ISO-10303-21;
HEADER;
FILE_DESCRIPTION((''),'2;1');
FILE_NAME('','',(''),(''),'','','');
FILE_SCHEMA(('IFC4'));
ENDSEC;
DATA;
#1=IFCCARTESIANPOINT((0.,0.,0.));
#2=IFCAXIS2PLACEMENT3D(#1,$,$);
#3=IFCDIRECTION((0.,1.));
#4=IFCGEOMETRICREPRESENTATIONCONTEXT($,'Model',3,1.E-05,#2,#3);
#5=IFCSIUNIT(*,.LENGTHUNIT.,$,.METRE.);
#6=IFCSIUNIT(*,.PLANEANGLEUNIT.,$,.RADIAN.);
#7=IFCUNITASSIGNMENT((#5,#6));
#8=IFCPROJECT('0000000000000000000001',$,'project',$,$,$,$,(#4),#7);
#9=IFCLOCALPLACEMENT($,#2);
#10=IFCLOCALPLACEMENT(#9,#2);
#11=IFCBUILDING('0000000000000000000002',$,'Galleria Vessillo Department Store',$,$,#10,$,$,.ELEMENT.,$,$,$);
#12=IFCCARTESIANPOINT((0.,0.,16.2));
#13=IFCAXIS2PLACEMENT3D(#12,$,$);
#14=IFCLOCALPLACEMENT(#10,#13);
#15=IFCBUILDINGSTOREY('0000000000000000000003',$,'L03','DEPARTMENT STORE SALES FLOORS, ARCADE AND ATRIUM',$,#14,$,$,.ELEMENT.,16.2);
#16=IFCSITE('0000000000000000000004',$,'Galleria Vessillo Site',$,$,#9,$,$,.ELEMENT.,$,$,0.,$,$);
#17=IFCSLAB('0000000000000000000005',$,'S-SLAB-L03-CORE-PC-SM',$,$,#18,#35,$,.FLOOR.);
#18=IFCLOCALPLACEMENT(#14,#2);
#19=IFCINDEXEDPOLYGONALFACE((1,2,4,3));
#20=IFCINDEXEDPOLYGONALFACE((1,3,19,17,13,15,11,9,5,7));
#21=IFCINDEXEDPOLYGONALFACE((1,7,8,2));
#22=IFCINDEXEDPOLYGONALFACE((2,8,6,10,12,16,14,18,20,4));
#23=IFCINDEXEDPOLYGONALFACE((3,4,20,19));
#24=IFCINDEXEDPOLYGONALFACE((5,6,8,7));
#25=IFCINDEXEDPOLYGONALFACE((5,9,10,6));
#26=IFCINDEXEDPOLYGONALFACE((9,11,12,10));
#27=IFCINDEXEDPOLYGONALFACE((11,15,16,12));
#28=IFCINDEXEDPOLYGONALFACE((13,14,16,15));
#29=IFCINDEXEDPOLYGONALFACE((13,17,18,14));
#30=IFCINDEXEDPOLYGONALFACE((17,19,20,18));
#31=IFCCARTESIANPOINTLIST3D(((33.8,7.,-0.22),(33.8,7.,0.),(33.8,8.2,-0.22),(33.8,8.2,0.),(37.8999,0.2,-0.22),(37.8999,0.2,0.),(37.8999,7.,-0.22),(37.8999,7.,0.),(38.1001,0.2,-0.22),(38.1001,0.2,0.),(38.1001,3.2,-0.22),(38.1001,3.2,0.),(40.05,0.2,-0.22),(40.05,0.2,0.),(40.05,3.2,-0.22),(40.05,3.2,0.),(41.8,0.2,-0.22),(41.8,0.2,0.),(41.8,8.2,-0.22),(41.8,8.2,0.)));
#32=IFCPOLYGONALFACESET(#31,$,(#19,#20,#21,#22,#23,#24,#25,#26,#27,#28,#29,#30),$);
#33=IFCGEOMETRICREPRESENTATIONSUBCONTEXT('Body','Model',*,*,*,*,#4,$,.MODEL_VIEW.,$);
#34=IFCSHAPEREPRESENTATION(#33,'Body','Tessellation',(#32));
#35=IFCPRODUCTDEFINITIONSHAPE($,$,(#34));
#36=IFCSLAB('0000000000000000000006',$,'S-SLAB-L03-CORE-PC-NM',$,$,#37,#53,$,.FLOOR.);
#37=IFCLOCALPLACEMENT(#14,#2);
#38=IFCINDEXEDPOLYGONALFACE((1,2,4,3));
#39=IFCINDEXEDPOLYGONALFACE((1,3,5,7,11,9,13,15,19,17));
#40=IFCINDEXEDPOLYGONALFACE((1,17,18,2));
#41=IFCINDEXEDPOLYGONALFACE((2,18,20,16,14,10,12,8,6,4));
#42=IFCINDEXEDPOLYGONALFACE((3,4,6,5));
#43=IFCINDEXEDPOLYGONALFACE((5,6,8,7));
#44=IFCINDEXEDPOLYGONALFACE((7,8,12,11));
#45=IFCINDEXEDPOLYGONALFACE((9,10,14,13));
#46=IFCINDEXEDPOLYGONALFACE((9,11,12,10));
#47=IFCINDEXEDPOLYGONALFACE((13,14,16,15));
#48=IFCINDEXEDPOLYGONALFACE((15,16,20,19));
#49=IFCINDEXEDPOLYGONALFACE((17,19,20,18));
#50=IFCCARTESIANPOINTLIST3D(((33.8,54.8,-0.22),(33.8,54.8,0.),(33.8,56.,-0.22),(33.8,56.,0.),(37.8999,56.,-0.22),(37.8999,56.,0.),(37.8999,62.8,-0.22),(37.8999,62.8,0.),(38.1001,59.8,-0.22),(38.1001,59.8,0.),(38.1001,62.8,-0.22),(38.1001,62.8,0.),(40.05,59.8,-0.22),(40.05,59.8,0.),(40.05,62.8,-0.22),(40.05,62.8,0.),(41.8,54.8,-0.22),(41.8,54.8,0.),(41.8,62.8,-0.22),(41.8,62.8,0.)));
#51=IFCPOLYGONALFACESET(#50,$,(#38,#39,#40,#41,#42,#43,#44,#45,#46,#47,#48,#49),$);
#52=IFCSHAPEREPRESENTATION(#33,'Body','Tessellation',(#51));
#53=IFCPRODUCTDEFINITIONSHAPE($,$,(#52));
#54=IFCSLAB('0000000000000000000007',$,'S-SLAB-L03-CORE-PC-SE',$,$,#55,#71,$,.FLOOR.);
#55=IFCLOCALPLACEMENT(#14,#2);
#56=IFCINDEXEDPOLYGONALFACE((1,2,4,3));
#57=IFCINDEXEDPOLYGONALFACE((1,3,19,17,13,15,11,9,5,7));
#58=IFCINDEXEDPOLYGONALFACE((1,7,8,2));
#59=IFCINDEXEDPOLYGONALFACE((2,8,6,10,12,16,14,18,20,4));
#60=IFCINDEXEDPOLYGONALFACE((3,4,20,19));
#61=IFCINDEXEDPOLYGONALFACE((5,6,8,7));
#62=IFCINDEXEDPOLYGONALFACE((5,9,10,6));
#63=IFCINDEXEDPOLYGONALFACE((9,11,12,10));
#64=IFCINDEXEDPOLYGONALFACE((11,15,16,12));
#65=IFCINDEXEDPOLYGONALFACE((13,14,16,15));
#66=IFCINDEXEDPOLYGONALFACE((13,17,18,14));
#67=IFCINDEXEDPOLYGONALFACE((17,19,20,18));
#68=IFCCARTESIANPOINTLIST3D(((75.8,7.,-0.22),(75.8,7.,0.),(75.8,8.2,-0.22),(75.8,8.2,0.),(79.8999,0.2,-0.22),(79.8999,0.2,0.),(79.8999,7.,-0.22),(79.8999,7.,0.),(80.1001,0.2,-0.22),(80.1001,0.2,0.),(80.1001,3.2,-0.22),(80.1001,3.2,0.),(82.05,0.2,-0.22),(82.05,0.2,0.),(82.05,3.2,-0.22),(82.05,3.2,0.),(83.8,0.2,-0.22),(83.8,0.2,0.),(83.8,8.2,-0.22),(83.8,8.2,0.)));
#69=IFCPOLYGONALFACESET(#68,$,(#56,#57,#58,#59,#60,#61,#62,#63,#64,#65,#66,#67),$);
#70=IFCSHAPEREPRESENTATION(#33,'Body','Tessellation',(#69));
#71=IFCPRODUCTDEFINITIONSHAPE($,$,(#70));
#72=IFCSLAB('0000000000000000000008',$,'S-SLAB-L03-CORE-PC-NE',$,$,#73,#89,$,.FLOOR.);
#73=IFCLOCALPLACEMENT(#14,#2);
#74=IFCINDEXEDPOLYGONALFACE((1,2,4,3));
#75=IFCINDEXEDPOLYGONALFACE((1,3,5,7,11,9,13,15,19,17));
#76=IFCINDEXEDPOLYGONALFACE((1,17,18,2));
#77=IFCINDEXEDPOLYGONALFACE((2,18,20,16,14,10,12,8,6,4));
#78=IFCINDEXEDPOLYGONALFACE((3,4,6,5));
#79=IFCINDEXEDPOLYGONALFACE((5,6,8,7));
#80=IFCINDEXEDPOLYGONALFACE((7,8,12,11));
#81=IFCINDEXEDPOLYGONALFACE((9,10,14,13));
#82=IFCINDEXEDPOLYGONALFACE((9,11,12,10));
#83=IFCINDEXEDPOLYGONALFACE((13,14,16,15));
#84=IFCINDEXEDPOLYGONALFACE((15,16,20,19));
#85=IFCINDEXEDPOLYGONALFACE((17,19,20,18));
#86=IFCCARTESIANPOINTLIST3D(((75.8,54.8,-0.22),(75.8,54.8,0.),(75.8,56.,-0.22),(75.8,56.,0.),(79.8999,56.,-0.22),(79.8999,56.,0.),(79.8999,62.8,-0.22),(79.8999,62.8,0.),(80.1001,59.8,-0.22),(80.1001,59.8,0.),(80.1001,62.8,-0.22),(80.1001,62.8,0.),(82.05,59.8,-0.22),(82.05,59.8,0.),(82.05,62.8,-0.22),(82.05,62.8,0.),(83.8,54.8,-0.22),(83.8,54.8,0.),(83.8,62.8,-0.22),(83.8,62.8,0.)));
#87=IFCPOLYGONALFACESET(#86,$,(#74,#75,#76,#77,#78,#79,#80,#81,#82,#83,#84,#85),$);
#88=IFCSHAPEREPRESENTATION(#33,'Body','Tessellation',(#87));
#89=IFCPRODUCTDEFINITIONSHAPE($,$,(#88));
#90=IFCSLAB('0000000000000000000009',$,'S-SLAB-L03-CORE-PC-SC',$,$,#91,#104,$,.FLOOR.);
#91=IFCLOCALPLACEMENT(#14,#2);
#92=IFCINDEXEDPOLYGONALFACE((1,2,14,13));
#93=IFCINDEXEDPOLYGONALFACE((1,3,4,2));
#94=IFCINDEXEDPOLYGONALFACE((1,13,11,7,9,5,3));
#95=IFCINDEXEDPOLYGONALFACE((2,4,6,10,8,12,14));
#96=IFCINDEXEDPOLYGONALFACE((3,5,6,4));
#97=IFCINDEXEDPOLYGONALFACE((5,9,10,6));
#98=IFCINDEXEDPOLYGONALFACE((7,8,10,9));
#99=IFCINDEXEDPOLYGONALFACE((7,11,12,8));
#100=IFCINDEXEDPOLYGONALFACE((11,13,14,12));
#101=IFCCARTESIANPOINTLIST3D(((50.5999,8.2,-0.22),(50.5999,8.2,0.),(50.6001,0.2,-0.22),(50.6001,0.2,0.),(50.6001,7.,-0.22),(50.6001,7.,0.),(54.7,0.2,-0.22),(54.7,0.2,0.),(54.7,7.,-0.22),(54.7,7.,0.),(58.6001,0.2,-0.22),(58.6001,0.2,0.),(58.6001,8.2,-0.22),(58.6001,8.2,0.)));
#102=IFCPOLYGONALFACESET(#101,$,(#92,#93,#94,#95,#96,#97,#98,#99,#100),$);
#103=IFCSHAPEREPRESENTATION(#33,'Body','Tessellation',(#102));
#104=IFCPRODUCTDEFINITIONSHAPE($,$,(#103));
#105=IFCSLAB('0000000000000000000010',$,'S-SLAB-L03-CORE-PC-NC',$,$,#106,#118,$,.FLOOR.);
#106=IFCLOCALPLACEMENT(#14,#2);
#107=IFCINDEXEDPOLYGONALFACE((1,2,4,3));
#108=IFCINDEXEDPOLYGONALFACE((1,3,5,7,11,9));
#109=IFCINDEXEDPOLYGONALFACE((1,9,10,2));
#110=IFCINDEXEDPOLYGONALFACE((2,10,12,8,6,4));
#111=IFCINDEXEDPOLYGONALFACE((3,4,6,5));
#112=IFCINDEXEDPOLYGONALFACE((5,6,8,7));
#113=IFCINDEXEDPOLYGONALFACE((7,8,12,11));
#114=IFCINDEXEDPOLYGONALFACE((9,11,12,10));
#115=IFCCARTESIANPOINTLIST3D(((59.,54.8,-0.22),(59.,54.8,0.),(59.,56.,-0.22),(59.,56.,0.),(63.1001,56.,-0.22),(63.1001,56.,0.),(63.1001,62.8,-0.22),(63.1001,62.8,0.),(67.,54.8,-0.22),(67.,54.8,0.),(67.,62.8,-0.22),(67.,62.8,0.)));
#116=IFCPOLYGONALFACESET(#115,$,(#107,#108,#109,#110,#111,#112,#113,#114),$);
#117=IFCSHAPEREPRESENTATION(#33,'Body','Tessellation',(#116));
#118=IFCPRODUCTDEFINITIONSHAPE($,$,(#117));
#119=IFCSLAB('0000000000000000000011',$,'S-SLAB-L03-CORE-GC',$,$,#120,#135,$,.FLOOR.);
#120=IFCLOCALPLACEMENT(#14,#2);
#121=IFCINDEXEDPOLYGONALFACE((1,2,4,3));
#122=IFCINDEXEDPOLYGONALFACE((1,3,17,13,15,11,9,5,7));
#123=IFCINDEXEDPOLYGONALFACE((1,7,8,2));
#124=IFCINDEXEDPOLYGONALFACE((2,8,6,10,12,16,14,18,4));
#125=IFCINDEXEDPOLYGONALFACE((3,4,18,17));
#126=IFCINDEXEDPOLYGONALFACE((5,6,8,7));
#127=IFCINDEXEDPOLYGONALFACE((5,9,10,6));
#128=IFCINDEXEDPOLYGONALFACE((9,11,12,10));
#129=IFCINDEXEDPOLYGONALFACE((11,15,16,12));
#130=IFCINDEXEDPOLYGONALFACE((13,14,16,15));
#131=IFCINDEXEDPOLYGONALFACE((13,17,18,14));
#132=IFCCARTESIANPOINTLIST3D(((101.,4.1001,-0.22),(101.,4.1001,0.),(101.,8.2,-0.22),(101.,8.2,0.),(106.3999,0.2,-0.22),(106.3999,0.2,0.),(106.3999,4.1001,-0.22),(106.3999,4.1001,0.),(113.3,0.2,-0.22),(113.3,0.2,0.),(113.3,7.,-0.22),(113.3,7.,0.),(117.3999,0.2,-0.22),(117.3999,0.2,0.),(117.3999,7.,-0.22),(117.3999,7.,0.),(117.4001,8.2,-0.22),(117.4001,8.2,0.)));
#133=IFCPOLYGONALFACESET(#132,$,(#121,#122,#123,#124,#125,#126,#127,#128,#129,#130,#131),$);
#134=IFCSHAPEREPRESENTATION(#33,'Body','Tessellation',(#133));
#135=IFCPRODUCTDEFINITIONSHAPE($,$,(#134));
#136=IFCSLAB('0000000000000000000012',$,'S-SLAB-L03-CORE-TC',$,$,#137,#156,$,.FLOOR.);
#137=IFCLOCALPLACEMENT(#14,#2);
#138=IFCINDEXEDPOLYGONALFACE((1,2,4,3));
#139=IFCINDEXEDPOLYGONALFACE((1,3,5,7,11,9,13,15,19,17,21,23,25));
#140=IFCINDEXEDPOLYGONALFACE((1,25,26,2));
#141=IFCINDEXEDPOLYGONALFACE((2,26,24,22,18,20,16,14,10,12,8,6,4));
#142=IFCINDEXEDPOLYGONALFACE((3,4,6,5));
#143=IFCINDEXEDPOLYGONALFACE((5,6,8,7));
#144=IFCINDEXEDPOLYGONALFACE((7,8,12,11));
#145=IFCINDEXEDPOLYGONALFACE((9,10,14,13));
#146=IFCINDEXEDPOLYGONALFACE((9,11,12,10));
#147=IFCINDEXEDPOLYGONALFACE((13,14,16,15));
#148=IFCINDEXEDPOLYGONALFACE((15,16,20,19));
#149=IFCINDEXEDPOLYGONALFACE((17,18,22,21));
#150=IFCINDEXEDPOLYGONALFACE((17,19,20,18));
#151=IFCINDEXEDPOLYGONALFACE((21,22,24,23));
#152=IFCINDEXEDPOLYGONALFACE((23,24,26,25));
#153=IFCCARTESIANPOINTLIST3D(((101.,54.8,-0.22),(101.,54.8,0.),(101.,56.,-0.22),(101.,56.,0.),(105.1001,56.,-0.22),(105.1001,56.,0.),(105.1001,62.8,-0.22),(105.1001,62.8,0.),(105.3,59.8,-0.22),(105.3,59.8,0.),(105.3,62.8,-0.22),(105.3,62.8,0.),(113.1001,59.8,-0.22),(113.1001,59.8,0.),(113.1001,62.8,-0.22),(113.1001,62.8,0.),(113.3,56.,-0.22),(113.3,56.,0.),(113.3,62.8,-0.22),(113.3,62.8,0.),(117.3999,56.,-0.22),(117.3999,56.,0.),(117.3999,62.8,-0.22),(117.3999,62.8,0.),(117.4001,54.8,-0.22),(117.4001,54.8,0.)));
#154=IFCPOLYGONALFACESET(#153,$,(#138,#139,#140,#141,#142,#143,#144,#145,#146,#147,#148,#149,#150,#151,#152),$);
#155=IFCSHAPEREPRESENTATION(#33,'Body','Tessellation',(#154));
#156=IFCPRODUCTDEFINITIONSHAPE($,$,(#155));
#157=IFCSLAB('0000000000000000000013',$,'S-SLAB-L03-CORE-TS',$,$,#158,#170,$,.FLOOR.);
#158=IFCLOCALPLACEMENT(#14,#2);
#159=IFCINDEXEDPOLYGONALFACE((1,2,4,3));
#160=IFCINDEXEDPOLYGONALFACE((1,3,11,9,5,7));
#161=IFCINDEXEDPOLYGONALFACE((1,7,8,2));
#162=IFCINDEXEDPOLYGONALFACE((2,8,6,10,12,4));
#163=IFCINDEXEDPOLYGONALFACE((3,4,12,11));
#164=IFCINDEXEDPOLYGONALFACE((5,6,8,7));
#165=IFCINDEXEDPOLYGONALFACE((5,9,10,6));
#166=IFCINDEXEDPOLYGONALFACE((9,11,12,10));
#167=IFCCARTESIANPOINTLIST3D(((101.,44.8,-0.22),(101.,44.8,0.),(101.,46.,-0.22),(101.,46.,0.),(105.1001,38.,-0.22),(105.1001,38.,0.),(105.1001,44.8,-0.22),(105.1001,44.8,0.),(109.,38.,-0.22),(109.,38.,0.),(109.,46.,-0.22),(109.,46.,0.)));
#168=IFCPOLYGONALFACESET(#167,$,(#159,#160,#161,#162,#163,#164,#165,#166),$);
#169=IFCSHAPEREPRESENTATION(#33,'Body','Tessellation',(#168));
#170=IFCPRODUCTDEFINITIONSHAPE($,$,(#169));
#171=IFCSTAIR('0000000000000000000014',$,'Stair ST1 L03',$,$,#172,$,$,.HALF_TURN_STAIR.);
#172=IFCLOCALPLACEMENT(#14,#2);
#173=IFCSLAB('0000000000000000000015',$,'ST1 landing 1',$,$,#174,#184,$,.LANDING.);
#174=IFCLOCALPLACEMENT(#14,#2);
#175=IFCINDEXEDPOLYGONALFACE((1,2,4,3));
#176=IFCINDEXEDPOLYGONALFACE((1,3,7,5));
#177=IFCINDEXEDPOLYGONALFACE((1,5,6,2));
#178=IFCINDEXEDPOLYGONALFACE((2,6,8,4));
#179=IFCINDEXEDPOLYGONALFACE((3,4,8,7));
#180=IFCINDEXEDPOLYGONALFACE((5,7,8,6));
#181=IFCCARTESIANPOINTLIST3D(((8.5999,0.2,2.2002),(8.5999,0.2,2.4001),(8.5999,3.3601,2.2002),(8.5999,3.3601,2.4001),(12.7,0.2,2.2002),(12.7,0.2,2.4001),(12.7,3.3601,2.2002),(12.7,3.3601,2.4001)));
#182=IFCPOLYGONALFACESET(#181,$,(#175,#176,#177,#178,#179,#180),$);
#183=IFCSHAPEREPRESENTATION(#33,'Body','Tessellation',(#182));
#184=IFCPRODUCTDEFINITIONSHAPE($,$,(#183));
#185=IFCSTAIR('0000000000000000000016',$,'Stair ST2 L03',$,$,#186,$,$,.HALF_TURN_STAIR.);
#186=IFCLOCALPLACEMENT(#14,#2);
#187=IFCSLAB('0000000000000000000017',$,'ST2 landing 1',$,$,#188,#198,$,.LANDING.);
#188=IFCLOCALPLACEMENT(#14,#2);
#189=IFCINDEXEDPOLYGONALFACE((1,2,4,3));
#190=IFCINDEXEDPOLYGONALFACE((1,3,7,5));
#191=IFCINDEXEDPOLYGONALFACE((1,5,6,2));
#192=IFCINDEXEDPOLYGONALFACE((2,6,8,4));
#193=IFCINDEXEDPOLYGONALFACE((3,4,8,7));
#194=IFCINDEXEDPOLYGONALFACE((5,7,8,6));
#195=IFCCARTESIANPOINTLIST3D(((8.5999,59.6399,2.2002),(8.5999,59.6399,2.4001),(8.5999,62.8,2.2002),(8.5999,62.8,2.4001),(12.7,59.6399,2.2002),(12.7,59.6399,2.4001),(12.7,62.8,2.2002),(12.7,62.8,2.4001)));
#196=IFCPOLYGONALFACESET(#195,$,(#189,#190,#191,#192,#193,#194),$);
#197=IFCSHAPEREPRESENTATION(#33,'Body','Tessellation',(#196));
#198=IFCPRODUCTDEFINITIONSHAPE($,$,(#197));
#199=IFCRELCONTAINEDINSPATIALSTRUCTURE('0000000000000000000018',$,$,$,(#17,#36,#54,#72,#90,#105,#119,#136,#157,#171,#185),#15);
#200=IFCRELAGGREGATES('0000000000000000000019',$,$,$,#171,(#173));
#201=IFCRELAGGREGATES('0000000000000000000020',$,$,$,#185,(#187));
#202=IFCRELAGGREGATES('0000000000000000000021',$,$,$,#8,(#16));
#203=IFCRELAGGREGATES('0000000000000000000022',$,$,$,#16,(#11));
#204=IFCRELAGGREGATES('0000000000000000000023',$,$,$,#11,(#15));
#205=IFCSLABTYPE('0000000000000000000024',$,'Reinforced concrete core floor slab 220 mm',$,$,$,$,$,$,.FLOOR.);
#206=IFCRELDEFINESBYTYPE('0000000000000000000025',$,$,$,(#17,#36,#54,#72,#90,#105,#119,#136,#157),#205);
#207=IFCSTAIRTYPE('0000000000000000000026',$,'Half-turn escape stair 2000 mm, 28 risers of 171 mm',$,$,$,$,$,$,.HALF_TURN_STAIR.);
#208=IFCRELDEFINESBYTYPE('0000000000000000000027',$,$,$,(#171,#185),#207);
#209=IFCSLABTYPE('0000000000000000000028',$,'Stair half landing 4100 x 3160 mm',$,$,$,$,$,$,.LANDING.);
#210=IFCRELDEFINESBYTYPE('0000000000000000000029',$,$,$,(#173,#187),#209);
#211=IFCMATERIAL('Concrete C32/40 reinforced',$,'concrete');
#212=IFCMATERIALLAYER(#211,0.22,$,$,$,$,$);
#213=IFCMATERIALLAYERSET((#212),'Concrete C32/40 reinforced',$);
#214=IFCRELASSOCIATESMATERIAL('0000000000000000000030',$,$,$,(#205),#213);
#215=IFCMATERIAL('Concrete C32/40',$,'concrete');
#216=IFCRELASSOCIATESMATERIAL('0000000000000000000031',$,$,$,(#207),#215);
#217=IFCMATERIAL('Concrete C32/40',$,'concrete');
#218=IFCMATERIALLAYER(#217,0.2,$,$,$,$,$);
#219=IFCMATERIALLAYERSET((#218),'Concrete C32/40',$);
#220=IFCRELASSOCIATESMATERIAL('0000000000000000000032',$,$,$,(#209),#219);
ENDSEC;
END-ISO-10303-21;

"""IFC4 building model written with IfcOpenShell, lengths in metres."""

from ifc_helpers import new_model, si_unit, direction, frame, origin, place, context, subcontext, project, spatial, polyline, outline, extrude, material, layer, layer_set, type_object, element, aggregate, save


model = new_model("IFC4")

# Units and contexts
model_context = context("Model", 3, precision=1e-05, world=origin(), true_north=direction((0.0, 1.0)))
body_context = subcontext(model_context, "Body", "Model", "MODEL_VIEW")
ifc_project = project(units=[si_unit("LENGTHUNIT", "METRE"), si_unit("PLANEANGLEUNIT", "RADIAN")], contexts=[model_context])

# Site, building, storey
site_placement = place(None, origin())
site = spatial("IfcSite", under=ifc_project, at=site_placement, Name="Galleria Vessillo Site", CompositionType="ELEMENT", RefElevation=0.0)
building_placement = place(site_placement, origin())
building = spatial("IfcBuilding", under=site, at=building_placement, Name="Galleria Vessillo Department Store", CompositionType="ELEMENT")
storey_placement = place(building_placement, frame((0.0, 0.0, 16.2)))
storey = spatial("IfcBuildingStorey", under=building, at=storey_placement, Name="L03", Description="DEPARTMENT STORE SALES FLOORS, ARCADE AND ATRIUM", CompositionType="ELEMENT", Elevation=16.2)

# Slabs
ifc_material_1 = material(Name="Concrete C32/40 reinforced", Category="concrete")
ifc_layer_1 = layer(ifc_material_1, 0.22)
ifc_layer_set_1 = layer_set([ifc_layer_1], Name="Concrete C32/40 reinforced")
slab_type_1 = type_object("IfcSlabType", Name="Reinforced concrete core floor slab 220 mm", PredefinedType="FLOOR", material=ifc_layer_set_1)
slab_1_placement = place(storey_placement, frame((0.0, 0.0, -0.22)))
element("IfcSlab", 1, at=slab_1_placement, inside=storey, type_object=slab_type_1, Name="S-SLAB-L03-CORE-PC-SM", PredefinedType="FLOOR", context=body_context, shape_type="SweptSolid", body=[
    extrude(outline(polyline([(33.8, 8.2), (41.8, 8.2), (41.8, 0.2), (40.05, 0.2), (40.05, 3.2), (38.1001, 3.2), (38.1001, 0.2), (37.8999, 0.2), (37.8999, 7.0), (33.8, 7.0), (33.8, 8.2)])), origin(), (0.0, 0.0, 1.0), 0.22),
])
slab_2_placement = place(storey_placement, frame((0.0, 0.0, -0.22)))
element("IfcSlab", 2, at=slab_2_placement, inside=storey, type_object=slab_type_1, Name="S-SLAB-L03-CORE-PC-NM", PredefinedType="FLOOR", context=body_context, shape_type="SweptSolid", body=[
    extrude(outline(polyline([(41.8, 62.8), (41.8, 54.8), (33.8, 54.8), (33.8, 56.0), (37.8999, 56.0), (37.8999, 62.8), (38.1001, 62.8), (38.1001, 59.8), (40.05, 59.8), (40.05, 62.8), (41.8, 62.8)])), origin(), (0.0, 0.0, 1.0), 0.22),
])
slab_3_placement = place(storey_placement, frame((0.0, 0.0, -0.22)))
element("IfcSlab", 3, at=slab_3_placement, inside=storey, type_object=slab_type_1, Name="S-SLAB-L03-CORE-PC-SE", PredefinedType="FLOOR", context=body_context, shape_type="SweptSolid", body=[
    extrude(outline(polyline([(75.8, 8.2), (83.8, 8.2), (83.8, 0.2), (82.05, 0.2), (82.05, 3.2), (80.1001, 3.2), (80.1001, 0.2), (79.8999, 0.2), (79.8999, 7.0), (75.8, 7.0), (75.8, 8.2)])), origin(), (0.0, 0.0, 1.0), 0.22),
])
slab_4_placement = place(storey_placement, frame((0.0, 0.0, -0.22)))
element("IfcSlab", 4, at=slab_4_placement, inside=storey, type_object=slab_type_1, Name="S-SLAB-L03-CORE-PC-NE", PredefinedType="FLOOR", context=body_context, shape_type="SweptSolid", body=[
    extrude(outline(polyline([(83.8, 62.8), (83.8, 54.8), (75.8, 54.8), (75.8, 56.0), (79.8999, 56.0), (79.8999, 62.8), (80.1001, 62.8), (80.1001, 59.8), (82.05, 59.8), (82.05, 62.8), (83.8, 62.8)])), origin(), (0.0, 0.0, 1.0), 0.22),
])
slab_5_placement = place(storey_placement, frame((0.0, 0.0, -0.22)))
element("IfcSlab", 5, at=slab_5_placement, inside=storey, type_object=slab_type_1, Name="S-SLAB-L03-CORE-PC-SC", PredefinedType="FLOOR", context=body_context, shape_type="SweptSolid", body=[
    extrude(outline(polyline([(50.5999, 8.2), (58.6001, 8.2), (58.6001, 0.2), (54.7, 0.2), (54.7, 7.0), (50.6001, 7.0), (50.6001, 0.2), (50.5999, 8.2)])), origin(), (0.0, 0.0, 1.0), 0.22),
])
slab_6_placement = place(storey_placement, frame((0.0, 0.0, -0.22)))
element("IfcSlab", 6, at=slab_6_placement, inside=storey, type_object=slab_type_1, Name="S-SLAB-L03-CORE-PC-NC", PredefinedType="FLOOR", context=body_context, shape_type="SweptSolid", body=[
    extrude(outline(polyline([(67.0, 62.8), (67.0, 54.8), (59.0, 54.8), (59.0, 56.0), (63.1001, 56.0), (63.1001, 62.8), (67.0, 62.8)])), origin(), (0.0, 0.0, 1.0), 0.22),
])
slab_7_placement = place(storey_placement, frame((0.0, 0.0, -0.22)))
element("IfcSlab", 7, at=slab_7_placement, inside=storey, type_object=slab_type_1, Name="S-SLAB-L03-CORE-GC", PredefinedType="FLOOR", context=body_context, shape_type="SweptSolid", body=[
    extrude(outline(polyline([(101.0, 8.2), (117.4001, 8.2), (117.3999, 0.2), (117.3999, 7.0), (113.3, 7.0), (113.3, 0.2), (106.3999, 0.2), (106.3999, 4.1001), (101.0, 4.1001), (101.0, 8.2)])), origin(), (0.0, 0.0, 1.0), 0.22),
])
slab_8_placement = place(storey_placement, frame((0.0, 0.0, -0.22)))
element("IfcSlab", 8, at=slab_8_placement, inside=storey, type_object=slab_type_1, Name="S-SLAB-L03-CORE-TC", PredefinedType="FLOOR", context=body_context, shape_type="SweptSolid", body=[
    extrude(outline(polyline([(117.4001, 54.8), (101.0, 54.8), (101.0, 56.0), (105.1001, 56.0), (105.1001, 62.8), (105.3, 62.8), (105.3, 59.8), (113.1001, 59.8), (113.1001, 62.8), (113.3, 62.8), (113.3, 56.0), (117.3999, 56.0), (117.3999, 62.8), (117.4001, 54.8)])), origin(), (0.0, 0.0, 1.0), 0.22),
])
slab_9_placement = place(storey_placement, frame((0.0, 0.0, -0.22)))
element("IfcSlab", 9, at=slab_9_placement, inside=storey, type_object=slab_type_1, Name="S-SLAB-L03-CORE-TS", PredefinedType="FLOOR", context=body_context, shape_type="SweptSolid", body=[
    extrude(outline(polyline([(101.0, 46.0), (109.0, 46.0), (109.0, 38.0), (105.1001, 38.0), (105.1001, 44.8), (101.0, 44.8), (101.0, 46.0)])), origin(), (0.0, 0.0, 1.0), 0.22),
])

# Stairs, slabs
ifc_material_2 = material(Name="Concrete C32/40", Category="concrete")
stair_type = type_object("IfcStairType", Name="Half-turn escape stair 2000 mm, 28 risers of 171 mm", PredefinedType="HALF_TURN_STAIR", material=ifc_material_2)
stair_1_placement = place(storey_placement, origin())
stair_1 = element("IfcStair", 10, at=stair_1_placement, inside=storey, type_object=stair_type, Name="Stair ST1 L03", PredefinedType="HALF_TURN_STAIR")
ifc_material_3 = material(Name="Concrete C32/40", Category="concrete")
ifc_layer_2 = layer(ifc_material_3, 0.2)
ifc_layer_set_2 = layer_set([ifc_layer_2], Name="Concrete C32/40")
slab_type_2 = type_object("IfcSlabType", Name="Stair half landing 4100 x 3160 mm", PredefinedType="LANDING", material=ifc_layer_set_2)
slab_10_placement = place(storey_placement, frame((0.0, 0.0, 2.2002)))
slab_10 = element("IfcSlab", 11, at=slab_10_placement, type_object=slab_type_2, Name="ST1 landing 1", PredefinedType="LANDING", context=body_context, shape_type="SweptSolid", body=[
    extrude(outline(polyline([(8.5999, 0.2), (8.5999, 3.3601), (12.7, 3.3601), (12.7, 0.2), (8.5999, 0.2)])), origin(), (0.0, 0.0, 1.0), 0.2),
])
aggregate(stair_1, [slab_10])
stair_2_placement = place(storey_placement, origin())
stair_2 = element("IfcStair", 12, at=stair_2_placement, inside=storey, type_object=stair_type, Name="Stair ST2 L03", PredefinedType="HALF_TURN_STAIR")
slab_11_placement = place(storey_placement, frame((0.0, 0.0, 2.2002)))
slab_11 = element("IfcSlab", 13, at=slab_11_placement, type_object=slab_type_2, Name="ST2 landing 1", PredefinedType="LANDING", context=body_context, shape_type="SweptSolid", body=[
    extrude(outline(polyline([(8.5999, 59.6399), (8.5999, 62.8), (12.7, 62.8), (12.7, 59.6399), (8.5999, 59.6399)])), origin(), (0.0, 0.0, 1.0), 0.2),
])
aggregate(stair_2, [slab_11])

save(model, "model.ifc")
